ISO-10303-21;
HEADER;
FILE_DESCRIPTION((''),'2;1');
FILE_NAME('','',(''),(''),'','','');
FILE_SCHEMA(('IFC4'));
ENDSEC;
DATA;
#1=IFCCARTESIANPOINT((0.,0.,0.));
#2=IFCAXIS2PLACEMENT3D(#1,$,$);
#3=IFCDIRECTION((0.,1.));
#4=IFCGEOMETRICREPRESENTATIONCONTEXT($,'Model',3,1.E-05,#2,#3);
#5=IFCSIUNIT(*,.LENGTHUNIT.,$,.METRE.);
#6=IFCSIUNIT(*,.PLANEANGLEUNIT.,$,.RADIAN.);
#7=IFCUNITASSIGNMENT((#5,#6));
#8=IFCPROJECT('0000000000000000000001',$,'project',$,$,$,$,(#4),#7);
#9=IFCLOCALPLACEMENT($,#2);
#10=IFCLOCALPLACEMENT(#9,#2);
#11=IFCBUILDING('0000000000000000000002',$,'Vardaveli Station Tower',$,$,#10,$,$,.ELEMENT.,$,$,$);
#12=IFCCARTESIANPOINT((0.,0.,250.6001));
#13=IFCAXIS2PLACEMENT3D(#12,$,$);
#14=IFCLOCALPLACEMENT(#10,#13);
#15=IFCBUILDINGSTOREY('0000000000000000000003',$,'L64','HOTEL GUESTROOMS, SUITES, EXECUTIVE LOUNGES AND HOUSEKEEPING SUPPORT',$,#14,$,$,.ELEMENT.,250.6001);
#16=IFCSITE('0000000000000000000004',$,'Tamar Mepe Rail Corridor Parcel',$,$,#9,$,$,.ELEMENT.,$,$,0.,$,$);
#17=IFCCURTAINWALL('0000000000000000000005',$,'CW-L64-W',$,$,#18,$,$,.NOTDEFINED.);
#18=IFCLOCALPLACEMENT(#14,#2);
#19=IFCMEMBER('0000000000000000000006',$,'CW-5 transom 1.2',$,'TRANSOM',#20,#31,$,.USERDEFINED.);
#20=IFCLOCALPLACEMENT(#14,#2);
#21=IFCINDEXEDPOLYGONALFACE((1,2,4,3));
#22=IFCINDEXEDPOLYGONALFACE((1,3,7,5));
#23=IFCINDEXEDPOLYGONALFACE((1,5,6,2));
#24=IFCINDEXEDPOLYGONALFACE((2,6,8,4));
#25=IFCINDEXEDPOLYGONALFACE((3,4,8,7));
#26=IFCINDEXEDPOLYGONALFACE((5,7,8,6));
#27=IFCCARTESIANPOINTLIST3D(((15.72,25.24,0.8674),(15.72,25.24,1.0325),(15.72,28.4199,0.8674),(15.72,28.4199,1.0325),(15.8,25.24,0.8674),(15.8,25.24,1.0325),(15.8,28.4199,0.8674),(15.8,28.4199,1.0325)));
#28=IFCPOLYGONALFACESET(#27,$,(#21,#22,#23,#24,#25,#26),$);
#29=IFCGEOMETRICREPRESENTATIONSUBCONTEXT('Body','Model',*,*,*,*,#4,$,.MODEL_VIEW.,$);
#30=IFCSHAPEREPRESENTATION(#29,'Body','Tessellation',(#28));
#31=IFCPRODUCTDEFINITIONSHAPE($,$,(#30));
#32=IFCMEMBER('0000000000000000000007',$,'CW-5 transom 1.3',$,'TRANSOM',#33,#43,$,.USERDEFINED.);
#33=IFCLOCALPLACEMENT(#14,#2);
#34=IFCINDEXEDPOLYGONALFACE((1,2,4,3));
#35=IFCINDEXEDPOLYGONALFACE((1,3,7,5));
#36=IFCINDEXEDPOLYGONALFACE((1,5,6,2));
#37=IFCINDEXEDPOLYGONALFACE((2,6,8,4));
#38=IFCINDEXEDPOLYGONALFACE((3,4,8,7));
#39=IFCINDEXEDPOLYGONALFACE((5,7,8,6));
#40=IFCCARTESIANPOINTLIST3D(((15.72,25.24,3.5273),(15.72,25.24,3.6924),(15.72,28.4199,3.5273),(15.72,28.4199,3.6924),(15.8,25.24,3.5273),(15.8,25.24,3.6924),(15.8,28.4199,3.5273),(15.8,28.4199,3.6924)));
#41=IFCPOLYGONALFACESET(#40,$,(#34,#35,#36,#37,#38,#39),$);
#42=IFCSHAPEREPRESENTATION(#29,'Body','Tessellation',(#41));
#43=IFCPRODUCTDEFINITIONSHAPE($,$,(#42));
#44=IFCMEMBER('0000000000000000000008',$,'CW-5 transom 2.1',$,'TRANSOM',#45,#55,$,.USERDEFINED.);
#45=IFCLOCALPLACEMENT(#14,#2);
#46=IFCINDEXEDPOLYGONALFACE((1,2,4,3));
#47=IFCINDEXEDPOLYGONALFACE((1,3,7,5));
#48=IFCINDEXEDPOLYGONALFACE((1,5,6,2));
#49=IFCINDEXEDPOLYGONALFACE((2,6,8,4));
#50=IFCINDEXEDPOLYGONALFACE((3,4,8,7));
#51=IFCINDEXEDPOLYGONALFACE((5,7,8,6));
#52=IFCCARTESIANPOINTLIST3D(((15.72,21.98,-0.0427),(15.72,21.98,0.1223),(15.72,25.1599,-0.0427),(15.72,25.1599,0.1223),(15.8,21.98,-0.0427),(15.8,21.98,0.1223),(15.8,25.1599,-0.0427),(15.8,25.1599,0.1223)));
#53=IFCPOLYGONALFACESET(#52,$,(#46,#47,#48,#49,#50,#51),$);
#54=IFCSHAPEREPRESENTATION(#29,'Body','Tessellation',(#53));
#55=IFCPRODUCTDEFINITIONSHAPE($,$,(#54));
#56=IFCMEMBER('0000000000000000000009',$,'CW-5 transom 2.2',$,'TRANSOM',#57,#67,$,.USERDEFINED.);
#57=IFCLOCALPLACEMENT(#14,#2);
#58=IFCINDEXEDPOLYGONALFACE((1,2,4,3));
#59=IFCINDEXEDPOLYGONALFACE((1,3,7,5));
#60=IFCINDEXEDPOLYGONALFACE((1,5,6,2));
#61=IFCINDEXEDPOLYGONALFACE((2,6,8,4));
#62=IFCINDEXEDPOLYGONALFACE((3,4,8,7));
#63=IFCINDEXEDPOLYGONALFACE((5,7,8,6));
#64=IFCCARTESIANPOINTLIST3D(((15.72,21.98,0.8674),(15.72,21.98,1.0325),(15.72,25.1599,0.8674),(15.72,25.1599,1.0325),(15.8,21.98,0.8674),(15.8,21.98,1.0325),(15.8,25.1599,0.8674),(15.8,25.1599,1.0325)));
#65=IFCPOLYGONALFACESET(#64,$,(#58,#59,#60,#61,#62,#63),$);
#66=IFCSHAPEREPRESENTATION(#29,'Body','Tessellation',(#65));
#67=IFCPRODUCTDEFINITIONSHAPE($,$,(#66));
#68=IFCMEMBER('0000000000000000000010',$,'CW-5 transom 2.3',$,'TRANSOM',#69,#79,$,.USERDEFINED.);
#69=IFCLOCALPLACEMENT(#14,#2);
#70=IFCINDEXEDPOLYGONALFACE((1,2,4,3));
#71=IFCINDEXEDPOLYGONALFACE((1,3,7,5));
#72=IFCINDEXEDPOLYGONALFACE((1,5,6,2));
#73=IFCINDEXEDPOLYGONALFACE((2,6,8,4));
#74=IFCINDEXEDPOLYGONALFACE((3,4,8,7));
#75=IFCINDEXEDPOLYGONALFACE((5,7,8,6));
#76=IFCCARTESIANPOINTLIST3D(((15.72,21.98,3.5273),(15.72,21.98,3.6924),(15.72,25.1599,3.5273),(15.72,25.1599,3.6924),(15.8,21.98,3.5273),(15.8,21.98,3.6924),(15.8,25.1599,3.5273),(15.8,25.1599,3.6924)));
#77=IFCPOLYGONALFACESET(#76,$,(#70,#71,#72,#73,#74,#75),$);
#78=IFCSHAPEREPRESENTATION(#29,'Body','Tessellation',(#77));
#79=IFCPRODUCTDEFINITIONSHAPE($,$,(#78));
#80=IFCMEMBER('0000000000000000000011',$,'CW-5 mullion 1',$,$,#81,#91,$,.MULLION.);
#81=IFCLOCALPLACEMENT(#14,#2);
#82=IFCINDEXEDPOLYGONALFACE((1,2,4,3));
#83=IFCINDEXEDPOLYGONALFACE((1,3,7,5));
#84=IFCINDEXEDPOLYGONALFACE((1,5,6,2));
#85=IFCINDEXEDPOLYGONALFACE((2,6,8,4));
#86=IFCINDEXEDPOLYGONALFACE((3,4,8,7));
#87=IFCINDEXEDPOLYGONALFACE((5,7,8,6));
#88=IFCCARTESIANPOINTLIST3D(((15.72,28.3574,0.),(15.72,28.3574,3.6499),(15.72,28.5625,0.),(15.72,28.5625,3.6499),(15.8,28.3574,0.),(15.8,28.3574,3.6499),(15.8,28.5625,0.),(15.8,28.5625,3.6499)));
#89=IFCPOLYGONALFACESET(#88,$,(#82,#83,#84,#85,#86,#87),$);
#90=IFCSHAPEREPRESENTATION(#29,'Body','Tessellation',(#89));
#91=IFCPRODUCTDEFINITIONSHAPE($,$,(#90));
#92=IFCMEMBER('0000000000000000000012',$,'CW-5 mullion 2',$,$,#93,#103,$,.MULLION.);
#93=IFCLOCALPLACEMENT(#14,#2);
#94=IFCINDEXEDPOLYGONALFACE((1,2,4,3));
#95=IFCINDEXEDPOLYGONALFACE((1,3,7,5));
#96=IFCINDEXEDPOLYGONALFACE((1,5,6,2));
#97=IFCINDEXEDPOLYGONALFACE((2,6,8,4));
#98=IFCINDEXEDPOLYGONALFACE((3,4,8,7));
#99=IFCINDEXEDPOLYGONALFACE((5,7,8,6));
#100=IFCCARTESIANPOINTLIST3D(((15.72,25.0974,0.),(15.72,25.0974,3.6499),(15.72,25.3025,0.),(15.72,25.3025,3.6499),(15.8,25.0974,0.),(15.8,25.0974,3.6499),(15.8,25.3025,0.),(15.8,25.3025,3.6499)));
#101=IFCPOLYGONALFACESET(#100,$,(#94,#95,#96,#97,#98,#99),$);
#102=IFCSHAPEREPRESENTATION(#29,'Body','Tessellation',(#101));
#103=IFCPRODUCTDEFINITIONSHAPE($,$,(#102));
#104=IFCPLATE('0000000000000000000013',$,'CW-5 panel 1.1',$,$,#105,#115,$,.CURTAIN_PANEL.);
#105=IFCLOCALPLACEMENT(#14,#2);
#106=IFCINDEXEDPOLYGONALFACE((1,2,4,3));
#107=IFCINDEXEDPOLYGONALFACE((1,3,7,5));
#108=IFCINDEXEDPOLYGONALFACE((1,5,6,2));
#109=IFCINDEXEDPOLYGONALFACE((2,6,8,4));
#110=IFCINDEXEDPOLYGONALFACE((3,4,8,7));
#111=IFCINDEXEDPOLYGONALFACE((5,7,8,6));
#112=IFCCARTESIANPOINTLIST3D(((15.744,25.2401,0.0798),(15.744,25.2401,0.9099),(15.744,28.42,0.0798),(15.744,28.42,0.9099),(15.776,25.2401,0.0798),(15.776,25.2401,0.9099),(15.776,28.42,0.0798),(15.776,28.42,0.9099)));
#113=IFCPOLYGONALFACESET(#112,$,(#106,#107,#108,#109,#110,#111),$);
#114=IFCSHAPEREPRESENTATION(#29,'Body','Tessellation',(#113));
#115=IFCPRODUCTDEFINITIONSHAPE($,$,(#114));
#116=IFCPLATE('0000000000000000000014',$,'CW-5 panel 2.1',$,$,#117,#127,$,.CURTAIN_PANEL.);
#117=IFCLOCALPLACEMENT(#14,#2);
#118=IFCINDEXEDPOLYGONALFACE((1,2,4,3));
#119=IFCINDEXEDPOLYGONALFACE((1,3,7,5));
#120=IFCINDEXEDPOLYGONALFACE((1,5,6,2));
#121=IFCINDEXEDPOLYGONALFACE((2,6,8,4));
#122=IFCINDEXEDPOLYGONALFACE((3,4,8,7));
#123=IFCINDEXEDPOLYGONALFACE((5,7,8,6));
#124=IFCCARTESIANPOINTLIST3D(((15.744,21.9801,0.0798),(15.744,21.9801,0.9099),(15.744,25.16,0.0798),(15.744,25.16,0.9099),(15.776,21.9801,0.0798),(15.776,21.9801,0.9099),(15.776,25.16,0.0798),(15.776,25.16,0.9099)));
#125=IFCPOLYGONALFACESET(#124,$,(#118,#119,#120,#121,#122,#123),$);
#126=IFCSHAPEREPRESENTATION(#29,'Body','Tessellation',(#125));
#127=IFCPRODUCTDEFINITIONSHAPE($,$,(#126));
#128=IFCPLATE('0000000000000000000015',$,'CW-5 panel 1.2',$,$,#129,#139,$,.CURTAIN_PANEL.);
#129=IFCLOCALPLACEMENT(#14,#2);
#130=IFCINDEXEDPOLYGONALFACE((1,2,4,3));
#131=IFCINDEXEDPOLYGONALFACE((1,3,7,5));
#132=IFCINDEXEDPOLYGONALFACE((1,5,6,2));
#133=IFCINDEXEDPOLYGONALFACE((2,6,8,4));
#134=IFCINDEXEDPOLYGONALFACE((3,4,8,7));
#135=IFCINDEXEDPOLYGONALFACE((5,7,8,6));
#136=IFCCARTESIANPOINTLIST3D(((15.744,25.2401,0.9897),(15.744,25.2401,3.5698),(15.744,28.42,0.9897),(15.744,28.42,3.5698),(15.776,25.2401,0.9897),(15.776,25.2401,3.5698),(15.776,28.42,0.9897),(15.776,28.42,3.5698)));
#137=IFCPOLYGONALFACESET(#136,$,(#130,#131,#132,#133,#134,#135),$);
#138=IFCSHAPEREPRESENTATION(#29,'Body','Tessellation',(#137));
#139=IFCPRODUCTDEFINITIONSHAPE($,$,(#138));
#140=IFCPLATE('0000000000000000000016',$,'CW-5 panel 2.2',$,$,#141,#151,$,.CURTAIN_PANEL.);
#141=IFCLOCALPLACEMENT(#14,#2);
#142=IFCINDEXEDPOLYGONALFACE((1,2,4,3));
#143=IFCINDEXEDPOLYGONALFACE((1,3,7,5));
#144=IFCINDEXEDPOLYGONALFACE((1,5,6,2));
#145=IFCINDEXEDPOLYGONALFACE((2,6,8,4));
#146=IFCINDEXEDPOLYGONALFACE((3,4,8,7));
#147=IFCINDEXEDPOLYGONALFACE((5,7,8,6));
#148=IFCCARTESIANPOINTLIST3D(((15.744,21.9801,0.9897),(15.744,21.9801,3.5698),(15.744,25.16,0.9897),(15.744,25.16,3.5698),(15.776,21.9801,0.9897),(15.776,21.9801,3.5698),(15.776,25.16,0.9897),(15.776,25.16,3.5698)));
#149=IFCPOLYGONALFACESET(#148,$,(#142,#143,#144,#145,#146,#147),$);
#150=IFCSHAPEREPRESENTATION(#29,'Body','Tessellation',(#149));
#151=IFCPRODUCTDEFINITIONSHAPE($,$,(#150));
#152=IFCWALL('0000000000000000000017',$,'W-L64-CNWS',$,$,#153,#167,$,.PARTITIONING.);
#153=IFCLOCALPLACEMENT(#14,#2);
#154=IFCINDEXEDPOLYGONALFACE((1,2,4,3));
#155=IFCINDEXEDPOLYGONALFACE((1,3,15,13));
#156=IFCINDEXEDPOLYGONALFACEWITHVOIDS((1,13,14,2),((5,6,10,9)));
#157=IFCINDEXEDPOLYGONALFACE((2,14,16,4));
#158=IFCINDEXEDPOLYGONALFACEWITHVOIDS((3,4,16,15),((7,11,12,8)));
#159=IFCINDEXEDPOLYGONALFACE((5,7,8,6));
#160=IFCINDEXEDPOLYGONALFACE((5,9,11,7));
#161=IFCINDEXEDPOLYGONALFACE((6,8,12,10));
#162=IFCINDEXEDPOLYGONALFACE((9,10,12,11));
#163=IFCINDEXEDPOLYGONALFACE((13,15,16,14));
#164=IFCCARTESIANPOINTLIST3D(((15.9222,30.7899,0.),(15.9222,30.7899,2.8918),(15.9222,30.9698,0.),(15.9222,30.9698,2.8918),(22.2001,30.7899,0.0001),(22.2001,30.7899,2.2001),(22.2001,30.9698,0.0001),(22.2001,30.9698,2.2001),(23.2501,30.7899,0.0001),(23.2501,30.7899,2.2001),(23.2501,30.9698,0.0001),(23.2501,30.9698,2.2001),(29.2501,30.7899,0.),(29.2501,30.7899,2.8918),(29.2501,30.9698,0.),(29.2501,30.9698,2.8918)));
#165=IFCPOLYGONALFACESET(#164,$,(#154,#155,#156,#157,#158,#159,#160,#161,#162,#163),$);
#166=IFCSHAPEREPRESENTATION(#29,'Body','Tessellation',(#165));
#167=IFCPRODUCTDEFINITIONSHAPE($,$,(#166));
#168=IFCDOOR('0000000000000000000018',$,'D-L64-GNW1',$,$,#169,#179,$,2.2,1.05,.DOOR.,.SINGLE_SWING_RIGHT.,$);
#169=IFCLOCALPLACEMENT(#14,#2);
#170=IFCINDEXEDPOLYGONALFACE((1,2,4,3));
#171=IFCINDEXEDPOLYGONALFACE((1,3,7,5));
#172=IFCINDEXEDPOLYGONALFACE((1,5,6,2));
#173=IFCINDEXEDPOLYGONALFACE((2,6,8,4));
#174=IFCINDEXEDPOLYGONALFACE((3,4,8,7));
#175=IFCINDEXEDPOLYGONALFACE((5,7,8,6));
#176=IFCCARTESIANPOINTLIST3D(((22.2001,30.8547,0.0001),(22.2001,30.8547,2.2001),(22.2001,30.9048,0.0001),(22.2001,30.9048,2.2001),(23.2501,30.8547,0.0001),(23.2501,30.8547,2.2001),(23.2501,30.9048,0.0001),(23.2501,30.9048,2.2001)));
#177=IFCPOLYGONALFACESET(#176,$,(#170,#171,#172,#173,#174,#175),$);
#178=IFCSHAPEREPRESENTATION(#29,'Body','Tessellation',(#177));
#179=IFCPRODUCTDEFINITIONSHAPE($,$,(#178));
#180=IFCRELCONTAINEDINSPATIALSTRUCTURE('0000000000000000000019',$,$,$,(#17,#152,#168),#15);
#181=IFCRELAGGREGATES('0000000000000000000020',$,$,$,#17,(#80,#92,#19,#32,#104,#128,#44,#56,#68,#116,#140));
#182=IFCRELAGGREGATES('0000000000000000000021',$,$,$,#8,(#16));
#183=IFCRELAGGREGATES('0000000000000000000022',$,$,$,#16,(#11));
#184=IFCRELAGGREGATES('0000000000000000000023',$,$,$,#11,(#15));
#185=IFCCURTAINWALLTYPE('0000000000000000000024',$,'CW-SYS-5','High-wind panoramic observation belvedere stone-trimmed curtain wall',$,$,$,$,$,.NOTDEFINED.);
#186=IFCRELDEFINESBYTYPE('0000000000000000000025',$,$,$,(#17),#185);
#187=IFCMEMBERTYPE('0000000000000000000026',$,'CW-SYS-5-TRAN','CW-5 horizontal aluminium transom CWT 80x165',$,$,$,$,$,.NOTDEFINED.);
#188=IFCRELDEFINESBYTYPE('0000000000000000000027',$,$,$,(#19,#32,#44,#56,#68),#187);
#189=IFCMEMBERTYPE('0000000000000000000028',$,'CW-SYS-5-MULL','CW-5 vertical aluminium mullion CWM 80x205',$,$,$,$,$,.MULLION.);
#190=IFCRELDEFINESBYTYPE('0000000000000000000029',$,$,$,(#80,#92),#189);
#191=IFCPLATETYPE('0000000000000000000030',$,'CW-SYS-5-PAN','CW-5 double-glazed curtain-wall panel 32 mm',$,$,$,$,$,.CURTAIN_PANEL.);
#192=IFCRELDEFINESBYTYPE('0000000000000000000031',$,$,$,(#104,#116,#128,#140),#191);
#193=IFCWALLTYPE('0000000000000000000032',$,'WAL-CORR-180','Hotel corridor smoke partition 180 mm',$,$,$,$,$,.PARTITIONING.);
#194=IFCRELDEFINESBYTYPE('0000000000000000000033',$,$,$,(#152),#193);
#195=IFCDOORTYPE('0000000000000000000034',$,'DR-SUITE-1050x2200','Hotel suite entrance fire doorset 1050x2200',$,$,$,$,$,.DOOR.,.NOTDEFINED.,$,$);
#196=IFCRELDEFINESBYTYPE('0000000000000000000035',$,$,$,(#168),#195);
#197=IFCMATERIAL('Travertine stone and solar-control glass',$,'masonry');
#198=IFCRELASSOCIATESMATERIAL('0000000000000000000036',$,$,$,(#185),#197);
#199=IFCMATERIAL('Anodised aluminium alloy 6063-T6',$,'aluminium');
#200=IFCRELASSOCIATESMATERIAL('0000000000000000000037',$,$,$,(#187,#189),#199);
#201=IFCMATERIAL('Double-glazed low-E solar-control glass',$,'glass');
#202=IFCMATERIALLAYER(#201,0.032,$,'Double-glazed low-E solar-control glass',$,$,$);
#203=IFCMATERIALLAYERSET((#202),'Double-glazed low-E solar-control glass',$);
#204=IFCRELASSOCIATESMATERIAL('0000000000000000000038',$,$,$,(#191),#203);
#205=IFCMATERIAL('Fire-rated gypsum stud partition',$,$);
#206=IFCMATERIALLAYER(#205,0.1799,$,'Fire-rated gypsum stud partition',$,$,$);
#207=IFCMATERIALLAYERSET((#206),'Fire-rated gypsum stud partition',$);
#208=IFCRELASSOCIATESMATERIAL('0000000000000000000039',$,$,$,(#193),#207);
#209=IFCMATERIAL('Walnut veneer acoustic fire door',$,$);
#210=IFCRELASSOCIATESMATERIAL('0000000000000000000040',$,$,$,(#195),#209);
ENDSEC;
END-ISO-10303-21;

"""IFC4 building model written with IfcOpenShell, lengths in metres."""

from ifc_helpers import new_model, si_unit, direction, frame, frame_2d, origin, origin_2d, place, context, subcontext, project, spatial, rectangle, extrude, source, transform, mapped, material, layer, layer_set, material_profile, profile_set, type_object, element, fill, aggregate, save


model = new_model("IFC4")

# Units and contexts
model_context = context("Model", 3, precision=1e-05, world=origin(), true_north=direction((0.0, 1.0)))
body_context = subcontext(model_context, "Body", "Model", "MODEL_VIEW")
ifc_project = project(units=[si_unit("LENGTHUNIT", "METRE"), si_unit("PLANEANGLEUNIT", "RADIAN")], contexts=[model_context])

# Site, building, storey
site_placement = place(None, origin())
site = spatial("IfcSite", under=ifc_project, at=site_placement, Name="Tamar Mepe Rail Corridor Parcel", CompositionType="ELEMENT", RefElevation=0.0)
building_placement = place(site_placement, origin())
building = spatial("IfcBuilding", under=site, at=building_placement, Name="Vardaveli Station Tower", CompositionType="ELEMENT")
storey_placement = place(building_placement, frame((0.0, 0.0, 250.6001)))
storey = spatial("IfcBuildingStorey", under=building, at=storey_placement, Name="L64", Description="HOTEL GUESTROOMS, SUITES, EXECUTIVE LOUNGES AND HOUSEKEEPING SUPPORT", CompositionType="ELEMENT", Elevation=250.6001)

# Curtain wall, members, plates
ifc_material_1 = material(Name="Travertine stone and solar-control glass", Category="masonry")
curtain_wall_type = type_object("IfcCurtainWallType", Name="CW-SYS-5", Description="High-wind panoramic observation belvedere stone-trimmed curtain wall", PredefinedType="NOTDEFINED", material=ifc_material_1)
curtain_wall_placement = place(storey_placement, origin())
curtain_wall = element("IfcCurtainWall", 1, at=curtain_wall_placement, inside=storey, type_object=curtain_wall_type, Name="CW-L64-W", PredefinedType="NOTDEFINED")
ifc_material_2 = material(Name="Anodised aluminium alloy 6063-T6", Category="aluminium")
ifc_material_profile_1 = material_profile(ifc_material_2, rectangle(XDim=0.0801, YDim=0.165, at=origin_2d()), Name="CWT 80x165")
ifc_profile_set_1 = profile_set([ifc_material_profile_1], Name="Anodised aluminium alloy 6063-T6")
member_type_1 = type_object("IfcMemberType", Name="CW-SYS-5-TRAN", Description="CW-5 horizontal aluminium transom CWT 80x165", PredefinedType="NOTDEFINED", material=ifc_profile_set_1)
shared_shape_1 = source(origin(), body_context, "Body", "SweptSolid", [
    extrude(rectangle(XDim=0.0801, YDim=0.165, at=origin_2d()), origin(), (0.0, 0.0, 1.0), 3.1799),
])
member_1_placement = place(storey_placement, frame((15.76, 28.4199, 0.95), z_axis=(0.0, -1.0, 0.0), x_axis=(1.0, 0.0, 0.0)))
member_1 = element("IfcMember", 2, at=member_1_placement, type_object=member_type_1, Name="CW-5 transom 1.2", ObjectType="TRANSOM", PredefinedType="USERDEFINED", context=body_context, shape_type="MappedRepresentation", body=[
    mapped(shared_shape_1, transform((0.0, 0.0, 0.0), scale=1.0)),
])
member_2_placement = place(storey_placement, frame((15.76, 28.4199, 3.6099), z_axis=(0.0, -1.0, 0.0), x_axis=(1.0, 0.0, 0.0)))
member_2 = element("IfcMember", 3, at=member_2_placement, type_object=member_type_1, Name="CW-5 transom 1.3", ObjectType="TRANSOM", PredefinedType="USERDEFINED", context=body_context, shape_type="MappedRepresentation", body=[
    mapped(shared_shape_1, transform((0.0, 0.0, 0.0), scale=1.0)),
])
member_3_placement = place(storey_placement, frame((15.76, 25.1599, 0.0398), z_axis=(0.0, -1.0, 0.0), x_axis=(1.0, 0.0, 0.0)))
member_3 = element("IfcMember", 4, at=member_3_placement, type_object=member_type_1, Name="CW-5 transom 2.1", ObjectType="TRANSOM", PredefinedType="USERDEFINED", context=body_context, shape_type="MappedRepresentation", body=[
    mapped(shared_shape_1, transform((0.0, 0.0, 0.0), scale=1.0)),
])
member_4_placement = place(storey_placement, frame((15.76, 25.1599, 0.95), z_axis=(0.0, -1.0, 0.0), x_axis=(1.0, 0.0, 0.0)))
member_4 = element("IfcMember", 5, at=member_4_placement, type_object=member_type_1, Name="CW-5 transom 2.2", ObjectType="TRANSOM", PredefinedType="USERDEFINED", context=body_context, shape_type="MappedRepresentation", body=[
    mapped(shared_shape_1, transform((0.0, 0.0, 0.0), scale=1.0)),
])
member_5_placement = place(storey_placement, frame((15.76, 25.1599, 3.6099), z_axis=(0.0, -1.0, 0.0), x_axis=(1.0, 0.0, 0.0)))
member_5 = element("IfcMember", 6, at=member_5_placement, type_object=member_type_1, Name="CW-5 transom 2.3", ObjectType="TRANSOM", PredefinedType="USERDEFINED", context=body_context, shape_type="MappedRepresentation", body=[
    mapped(shared_shape_1, transform((0.0, 0.0, 0.0), scale=1.0)),
])
ifc_material_profile_2 = material_profile(ifc_material_2, rectangle(XDim=0.0801, YDim=0.2051, at=origin_2d()), Name="CWM 80x205")
ifc_profile_set_2 = profile_set([ifc_material_profile_2], Name="Anodised aluminium alloy 6063-T6")
member_type_2 = type_object("IfcMemberType", Name="CW-SYS-5-MULL", Description="CW-5 vertical aluminium mullion CWM 80x205", PredefinedType="MULLION", material=ifc_profile_set_2)
shared_shape_2 = source(origin(), body_context, "Body", "SweptSolid", [
    extrude(rectangle(XDim=0.0801, YDim=0.2051, at=origin_2d()), origin(), (0.0, 0.0, 1.0), 3.6499),
])
member_6_placement = place(storey_placement, frame((15.76, 28.46, 0.0), z_axis=(0.0, 0.0, 1.0), x_axis=(1.0, 0.0, 0.0)))
member_6 = element("IfcMember", 7, at=member_6_placement, type_object=member_type_2, Name="CW-5 mullion 1", PredefinedType="MULLION", context=body_context, shape_type="MappedRepresentation", body=[
    mapped(shared_shape_2, transform((0.0, 0.0, 0.0), scale=1.0)),
])
member_7_placement = place(storey_placement, frame((15.76, 25.2, 0.0), z_axis=(0.0, 0.0, 1.0), x_axis=(1.0, 0.0, 0.0)))
member_7 = element("IfcMember", 8, at=member_7_placement, type_object=member_type_2, Name="CW-5 mullion 2", PredefinedType="MULLION", context=body_context, shape_type="MappedRepresentation", body=[
    mapped(shared_shape_2, transform((0.0, 0.0, 0.0), scale=1.0)),
])
ifc_material_3 = material(Name="Double-glazed low-E solar-control glass", Category="glass")
ifc_layer_1 = layer(ifc_material_3, 0.032, Name="Double-glazed low-E solar-control glass")
ifc_layer_set_1 = layer_set([ifc_layer_1], Name="Double-glazed low-E solar-control glass")
plate_type = type_object("IfcPlateType", Name="CW-SYS-5-PAN", Description="CW-5 double-glazed curtain-wall panel 32 mm", PredefinedType="CURTAIN_PANEL", material=ifc_layer_set_1)
shared_shape_3 = source(origin(), body_context, "Body", "SweptSolid", [
    extrude(rectangle(XDim=3.1799, YDim=0.032, at=origin_2d()), origin(), (0.0, 0.0, 1.0), 0.8301),
])
plate_1_placement = place(storey_placement, frame((15.76, 26.8301, 0.0798), z_axis=(0.0, 0.0, 1.0), x_axis=(0.0, -1.0, 0.0)))
plate_1 = element("IfcPlate", 9, at=plate_1_placement, type_object=plate_type, Name="CW-5 panel 1.1", PredefinedType="CURTAIN_PANEL", context=body_context, shape_type="MappedRepresentation", body=[
    mapped(shared_shape_3, transform((0.0, 0.0, 0.0), scale=1.0)),
])
plate_2_placement = place(storey_placement, frame((15.76, 23.5701, 0.0798), z_axis=(0.0, 0.0, 1.0), x_axis=(0.0, -1.0, 0.0)))
plate_2 = element("IfcPlate", 10, at=plate_2_placement, type_object=plate_type, Name="CW-5 panel 2.1", PredefinedType="CURTAIN_PANEL", context=body_context, shape_type="MappedRepresentation", body=[
    mapped(shared_shape_3, transform((0.0, 0.0, 0.0), scale=1.0)),
])
shared_shape_4 = source(origin(), body_context, "Body", "SweptSolid", [
    extrude(rectangle(XDim=3.1799, YDim=0.032, at=origin_2d()), origin(), (0.0, 0.0, 1.0), 2.5801),
])
plate_3_placement = place(storey_placement, frame((15.76, 26.8301, 0.9897), z_axis=(0.0, 0.0, 1.0), x_axis=(0.0, -1.0, 0.0)))
plate_3 = element("IfcPlate", 11, at=plate_3_placement, type_object=plate_type, Name="CW-5 panel 1.2", PredefinedType="CURTAIN_PANEL", context=body_context, shape_type="MappedRepresentation", body=[
    mapped(shared_shape_4, transform((0.0, 0.0, 0.0), scale=1.0)),
])
plate_4_placement = place(storey_placement, frame((15.76, 23.5701, 0.9897), z_axis=(0.0, 0.0, 1.0), x_axis=(0.0, -1.0, 0.0)))
plate_4 = element("IfcPlate", 12, at=plate_4_placement, type_object=plate_type, Name="CW-5 panel 2.2", PredefinedType="CURTAIN_PANEL", context=body_context, shape_type="MappedRepresentation", body=[
    mapped(shared_shape_4, transform((0.0, 0.0, 0.0), scale=1.0)),
])
aggregate(curtain_wall, [member_6, member_7, member_1, member_2, plate_1, plate_3, member_3, member_4, member_5, plate_2, plate_4])

# Wall, opening, door
ifc_material_4 = material(Name="Fire-rated gypsum stud partition")
ifc_layer_2 = layer(ifc_material_4, 0.1799, Name="Fire-rated gypsum stud partition")
ifc_layer_set_2 = layer_set([ifc_layer_2], Name="Fire-rated gypsum stud partition")
wall_type = type_object("IfcWallType", Name="WAL-CORR-180", Description="Hotel corridor smoke partition 180 mm", PredefinedType="PARTITIONING", material=ifc_layer_set_2)
shared_shape_5 = source(origin(), body_context, "Body", "SweptSolid", [
    extrude(rectangle(XDim=13.3279, YDim=0.1799, at=frame_2d((6.6641, 0.0))), origin(), (0.0, 0.0, 1.0), 2.8918),
])
wall_1_placement = place(storey_placement, frame((15.9221, 30.8799, 0.0), z_axis=(0.0, 0.0, 1.0), x_axis=(1.0, 0.0, 0.0)))
wall_1 = element("IfcWall", 13, at=wall_1_placement, inside=storey, type_object=wall_type, Name="W-L64-CNWS", PredefinedType="PARTITIONING", context=body_context, shape_type="MappedRepresentation", body=[
    mapped(shared_shape_5, transform((0.0, 0.0, 0.0), scale=1.0)),
])
shared_shape_6 = source(origin(), body_context, "Body", "SweptSolid", [
    extrude(rectangle(XDim=1.05, YDim=2.2, at=frame_2d((0.5249, 1.1001))), frame((0.0, 0.1001, 0.0), z_axis=(0.0, -1.0, 0.0), x_axis=(1.0, 0.0, 0.0)), (0.0, 0.0, 1.0), 0.2),
])
opening_placement = place(wall_1_placement, frame((6.2781, 0.0, 0.0)))
opening = element("IfcOpeningElement", 14, at=opening_placement, cuts=wall_1, PredefinedType="OPENING", context=body_context, shape_type="MappedRepresentation", body=[
    mapped(shared_shape_6, transform((0.0, 0.0, 0.0), scale=1.0)),
])
ifc_material_5 = material(Name="Walnut veneer acoustic fire door")
door_type = type_object("IfcDoorType", Name="DR-SUITE-1050x2200", Description="Hotel suite entrance fire doorset 1050x2200", OperationType="NOTDEFINED", PredefinedType="DOOR", material=ifc_material_5)
shared_shape_7 = source(origin(), body_context, "Body", "SweptSolid", [
    extrude(rectangle(XDim=1.05, YDim=2.2, at=frame_2d((0.5249, 1.1001))), frame((0.0, 0.0249, 0.0), z_axis=(0.0, -1.0, 0.0), x_axis=(1.0, 0.0, 0.0)), (0.0, 0.0, 1.0), 0.05),
])
door_placement = place(opening_placement, origin())
door = element("IfcDoor", 15, at=door_placement, inside=storey, type_object=door_type, Name="D-L64-GNW1", OperationType="SINGLE_SWING_RIGHT", OverallHeight=2.2, OverallWidth=1.05, PredefinedType="DOOR", context=body_context, shape_type="MappedRepresentation", body=[
    mapped(shared_shape_7, transform((0.0, 0.0, 0.0), scale=1.0)),
])
fill(opening, door)

save(model, "model.ifc")
